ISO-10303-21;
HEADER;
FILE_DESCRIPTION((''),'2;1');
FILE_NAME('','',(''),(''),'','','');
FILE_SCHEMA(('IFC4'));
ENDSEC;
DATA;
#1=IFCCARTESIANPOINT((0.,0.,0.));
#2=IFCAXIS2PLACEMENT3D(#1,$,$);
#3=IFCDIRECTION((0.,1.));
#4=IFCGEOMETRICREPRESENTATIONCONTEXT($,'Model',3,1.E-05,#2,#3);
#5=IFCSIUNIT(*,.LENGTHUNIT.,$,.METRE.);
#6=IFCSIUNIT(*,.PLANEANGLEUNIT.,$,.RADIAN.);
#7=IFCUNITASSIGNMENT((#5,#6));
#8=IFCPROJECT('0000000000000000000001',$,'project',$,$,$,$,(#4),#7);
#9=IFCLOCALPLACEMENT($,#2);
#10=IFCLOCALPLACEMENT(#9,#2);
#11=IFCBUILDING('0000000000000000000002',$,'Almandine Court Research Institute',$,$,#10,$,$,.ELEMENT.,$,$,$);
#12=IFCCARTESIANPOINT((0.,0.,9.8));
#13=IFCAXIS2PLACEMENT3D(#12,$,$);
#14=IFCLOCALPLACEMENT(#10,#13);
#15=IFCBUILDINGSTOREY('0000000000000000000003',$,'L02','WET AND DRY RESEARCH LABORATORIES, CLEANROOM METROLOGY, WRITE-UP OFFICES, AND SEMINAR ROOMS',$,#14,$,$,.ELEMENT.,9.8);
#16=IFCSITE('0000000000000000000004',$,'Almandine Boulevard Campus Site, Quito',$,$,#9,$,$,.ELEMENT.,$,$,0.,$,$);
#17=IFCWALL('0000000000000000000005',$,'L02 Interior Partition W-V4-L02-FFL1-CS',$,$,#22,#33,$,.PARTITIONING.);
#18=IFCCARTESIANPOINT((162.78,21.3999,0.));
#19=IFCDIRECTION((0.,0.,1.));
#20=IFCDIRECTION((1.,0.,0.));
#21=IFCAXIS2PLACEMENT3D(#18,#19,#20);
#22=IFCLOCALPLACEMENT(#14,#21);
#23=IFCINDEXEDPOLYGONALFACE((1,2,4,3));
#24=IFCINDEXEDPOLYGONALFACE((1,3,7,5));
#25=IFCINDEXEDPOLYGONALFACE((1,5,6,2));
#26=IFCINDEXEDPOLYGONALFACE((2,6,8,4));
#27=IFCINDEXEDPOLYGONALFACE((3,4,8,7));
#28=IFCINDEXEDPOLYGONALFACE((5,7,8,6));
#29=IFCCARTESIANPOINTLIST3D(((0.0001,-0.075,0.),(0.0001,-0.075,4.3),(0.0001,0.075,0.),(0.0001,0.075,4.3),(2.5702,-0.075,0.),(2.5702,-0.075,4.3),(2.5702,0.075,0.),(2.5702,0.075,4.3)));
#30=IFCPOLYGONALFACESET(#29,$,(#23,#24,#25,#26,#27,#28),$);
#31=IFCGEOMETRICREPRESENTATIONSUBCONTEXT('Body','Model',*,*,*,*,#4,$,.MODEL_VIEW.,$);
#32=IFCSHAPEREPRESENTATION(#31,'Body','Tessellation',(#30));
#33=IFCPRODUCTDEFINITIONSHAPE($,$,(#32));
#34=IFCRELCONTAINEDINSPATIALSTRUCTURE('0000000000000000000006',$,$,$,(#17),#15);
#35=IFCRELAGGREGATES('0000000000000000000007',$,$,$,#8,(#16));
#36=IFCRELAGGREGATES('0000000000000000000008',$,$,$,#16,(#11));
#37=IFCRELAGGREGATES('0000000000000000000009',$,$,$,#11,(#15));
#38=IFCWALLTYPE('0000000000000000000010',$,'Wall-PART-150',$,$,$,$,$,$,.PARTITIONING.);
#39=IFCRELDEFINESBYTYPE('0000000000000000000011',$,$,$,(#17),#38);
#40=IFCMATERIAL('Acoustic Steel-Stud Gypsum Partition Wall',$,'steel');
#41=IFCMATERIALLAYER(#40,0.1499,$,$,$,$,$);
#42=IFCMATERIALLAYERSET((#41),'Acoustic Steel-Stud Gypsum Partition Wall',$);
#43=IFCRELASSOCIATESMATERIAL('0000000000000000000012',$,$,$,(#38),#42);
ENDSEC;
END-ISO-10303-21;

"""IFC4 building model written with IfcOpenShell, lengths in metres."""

from ifc_helpers import new_model, si_unit, direction, frame, frame_2d, origin, place, context, subcontext, project, spatial, rectangle, extrude, material, layer, layer_set, type_object, element, save


model = new_model("IFC4")

# Units and contexts
model_context = context("Model", 3, precision=1e-05, world=origin(), true_north=direction((0.0, 1.0)))
body_context = subcontext(model_context, "Body", "Model", "MODEL_VIEW")
ifc_project = project(units=[si_unit("LENGTHUNIT", "METRE"), si_unit("PLANEANGLEUNIT", "RADIAN")], contexts=[model_context])

# Site, building, storey
site_placement = place(None, origin())
site = spatial("IfcSite", under=ifc_project, at=site_placement, Name="Almandine Boulevard Campus Site, Quito", CompositionType="ELEMENT", RefElevation=0.0)
building_placement = place(site_placement, origin())
building = spatial("IfcBuilding", under=site, at=building_placement, Name="Almandine Court Research Institute", CompositionType="ELEMENT")
storey_placement = place(building_placement, frame((0.0, 0.0, 9.8)))
storey = spatial("IfcBuildingStorey", under=building, at=storey_placement, Name="L02", Description="WET AND DRY RESEARCH LABORATORIES, CLEANROOM METROLOGY, WRITE-UP OFFICES, AND SEMINAR ROOMS", CompositionType="ELEMENT", Elevation=9.8)

# Shared definitions
ifc_material_1 = material(Name="Acoustic Steel-Stud Gypsum Partition Wall", Category="steel")
ifc_layer_1 = layer(ifc_material_1, 0.1499)
ifc_layer_set_1 = layer_set([ifc_layer_1], Name="Acoustic Steel-Stud Gypsum Partition Wall")
wall_type_1 = type_object("IfcWallType", Name="Wall-PART-150", PredefinedType="PARTITIONING", material=ifc_layer_set_1)

# Wall
wall_1_placement = place(storey_placement, frame((162.78, 21.3999, 0.0), z_axis=(0.0, 0.0, 1.0), x_axis=(1.0, 0.0, 0.0)))
element("IfcWall", 1, at=wall_1_placement, inside=storey, type_object=wall_type_1, Name="L02 Interior Partition W-V4-L02-FFL1-CS", PredefinedType="PARTITIONING", context=body_context, shape_type="SweptSolid", body=[
    extrude(rectangle(XDim=2.5701, YDim=0.1499, at=frame_2d((1.2852, 0.0))), origin(), (0.0, 0.0, 1.0), 4.3),
])

save(model, "model.ifc")
